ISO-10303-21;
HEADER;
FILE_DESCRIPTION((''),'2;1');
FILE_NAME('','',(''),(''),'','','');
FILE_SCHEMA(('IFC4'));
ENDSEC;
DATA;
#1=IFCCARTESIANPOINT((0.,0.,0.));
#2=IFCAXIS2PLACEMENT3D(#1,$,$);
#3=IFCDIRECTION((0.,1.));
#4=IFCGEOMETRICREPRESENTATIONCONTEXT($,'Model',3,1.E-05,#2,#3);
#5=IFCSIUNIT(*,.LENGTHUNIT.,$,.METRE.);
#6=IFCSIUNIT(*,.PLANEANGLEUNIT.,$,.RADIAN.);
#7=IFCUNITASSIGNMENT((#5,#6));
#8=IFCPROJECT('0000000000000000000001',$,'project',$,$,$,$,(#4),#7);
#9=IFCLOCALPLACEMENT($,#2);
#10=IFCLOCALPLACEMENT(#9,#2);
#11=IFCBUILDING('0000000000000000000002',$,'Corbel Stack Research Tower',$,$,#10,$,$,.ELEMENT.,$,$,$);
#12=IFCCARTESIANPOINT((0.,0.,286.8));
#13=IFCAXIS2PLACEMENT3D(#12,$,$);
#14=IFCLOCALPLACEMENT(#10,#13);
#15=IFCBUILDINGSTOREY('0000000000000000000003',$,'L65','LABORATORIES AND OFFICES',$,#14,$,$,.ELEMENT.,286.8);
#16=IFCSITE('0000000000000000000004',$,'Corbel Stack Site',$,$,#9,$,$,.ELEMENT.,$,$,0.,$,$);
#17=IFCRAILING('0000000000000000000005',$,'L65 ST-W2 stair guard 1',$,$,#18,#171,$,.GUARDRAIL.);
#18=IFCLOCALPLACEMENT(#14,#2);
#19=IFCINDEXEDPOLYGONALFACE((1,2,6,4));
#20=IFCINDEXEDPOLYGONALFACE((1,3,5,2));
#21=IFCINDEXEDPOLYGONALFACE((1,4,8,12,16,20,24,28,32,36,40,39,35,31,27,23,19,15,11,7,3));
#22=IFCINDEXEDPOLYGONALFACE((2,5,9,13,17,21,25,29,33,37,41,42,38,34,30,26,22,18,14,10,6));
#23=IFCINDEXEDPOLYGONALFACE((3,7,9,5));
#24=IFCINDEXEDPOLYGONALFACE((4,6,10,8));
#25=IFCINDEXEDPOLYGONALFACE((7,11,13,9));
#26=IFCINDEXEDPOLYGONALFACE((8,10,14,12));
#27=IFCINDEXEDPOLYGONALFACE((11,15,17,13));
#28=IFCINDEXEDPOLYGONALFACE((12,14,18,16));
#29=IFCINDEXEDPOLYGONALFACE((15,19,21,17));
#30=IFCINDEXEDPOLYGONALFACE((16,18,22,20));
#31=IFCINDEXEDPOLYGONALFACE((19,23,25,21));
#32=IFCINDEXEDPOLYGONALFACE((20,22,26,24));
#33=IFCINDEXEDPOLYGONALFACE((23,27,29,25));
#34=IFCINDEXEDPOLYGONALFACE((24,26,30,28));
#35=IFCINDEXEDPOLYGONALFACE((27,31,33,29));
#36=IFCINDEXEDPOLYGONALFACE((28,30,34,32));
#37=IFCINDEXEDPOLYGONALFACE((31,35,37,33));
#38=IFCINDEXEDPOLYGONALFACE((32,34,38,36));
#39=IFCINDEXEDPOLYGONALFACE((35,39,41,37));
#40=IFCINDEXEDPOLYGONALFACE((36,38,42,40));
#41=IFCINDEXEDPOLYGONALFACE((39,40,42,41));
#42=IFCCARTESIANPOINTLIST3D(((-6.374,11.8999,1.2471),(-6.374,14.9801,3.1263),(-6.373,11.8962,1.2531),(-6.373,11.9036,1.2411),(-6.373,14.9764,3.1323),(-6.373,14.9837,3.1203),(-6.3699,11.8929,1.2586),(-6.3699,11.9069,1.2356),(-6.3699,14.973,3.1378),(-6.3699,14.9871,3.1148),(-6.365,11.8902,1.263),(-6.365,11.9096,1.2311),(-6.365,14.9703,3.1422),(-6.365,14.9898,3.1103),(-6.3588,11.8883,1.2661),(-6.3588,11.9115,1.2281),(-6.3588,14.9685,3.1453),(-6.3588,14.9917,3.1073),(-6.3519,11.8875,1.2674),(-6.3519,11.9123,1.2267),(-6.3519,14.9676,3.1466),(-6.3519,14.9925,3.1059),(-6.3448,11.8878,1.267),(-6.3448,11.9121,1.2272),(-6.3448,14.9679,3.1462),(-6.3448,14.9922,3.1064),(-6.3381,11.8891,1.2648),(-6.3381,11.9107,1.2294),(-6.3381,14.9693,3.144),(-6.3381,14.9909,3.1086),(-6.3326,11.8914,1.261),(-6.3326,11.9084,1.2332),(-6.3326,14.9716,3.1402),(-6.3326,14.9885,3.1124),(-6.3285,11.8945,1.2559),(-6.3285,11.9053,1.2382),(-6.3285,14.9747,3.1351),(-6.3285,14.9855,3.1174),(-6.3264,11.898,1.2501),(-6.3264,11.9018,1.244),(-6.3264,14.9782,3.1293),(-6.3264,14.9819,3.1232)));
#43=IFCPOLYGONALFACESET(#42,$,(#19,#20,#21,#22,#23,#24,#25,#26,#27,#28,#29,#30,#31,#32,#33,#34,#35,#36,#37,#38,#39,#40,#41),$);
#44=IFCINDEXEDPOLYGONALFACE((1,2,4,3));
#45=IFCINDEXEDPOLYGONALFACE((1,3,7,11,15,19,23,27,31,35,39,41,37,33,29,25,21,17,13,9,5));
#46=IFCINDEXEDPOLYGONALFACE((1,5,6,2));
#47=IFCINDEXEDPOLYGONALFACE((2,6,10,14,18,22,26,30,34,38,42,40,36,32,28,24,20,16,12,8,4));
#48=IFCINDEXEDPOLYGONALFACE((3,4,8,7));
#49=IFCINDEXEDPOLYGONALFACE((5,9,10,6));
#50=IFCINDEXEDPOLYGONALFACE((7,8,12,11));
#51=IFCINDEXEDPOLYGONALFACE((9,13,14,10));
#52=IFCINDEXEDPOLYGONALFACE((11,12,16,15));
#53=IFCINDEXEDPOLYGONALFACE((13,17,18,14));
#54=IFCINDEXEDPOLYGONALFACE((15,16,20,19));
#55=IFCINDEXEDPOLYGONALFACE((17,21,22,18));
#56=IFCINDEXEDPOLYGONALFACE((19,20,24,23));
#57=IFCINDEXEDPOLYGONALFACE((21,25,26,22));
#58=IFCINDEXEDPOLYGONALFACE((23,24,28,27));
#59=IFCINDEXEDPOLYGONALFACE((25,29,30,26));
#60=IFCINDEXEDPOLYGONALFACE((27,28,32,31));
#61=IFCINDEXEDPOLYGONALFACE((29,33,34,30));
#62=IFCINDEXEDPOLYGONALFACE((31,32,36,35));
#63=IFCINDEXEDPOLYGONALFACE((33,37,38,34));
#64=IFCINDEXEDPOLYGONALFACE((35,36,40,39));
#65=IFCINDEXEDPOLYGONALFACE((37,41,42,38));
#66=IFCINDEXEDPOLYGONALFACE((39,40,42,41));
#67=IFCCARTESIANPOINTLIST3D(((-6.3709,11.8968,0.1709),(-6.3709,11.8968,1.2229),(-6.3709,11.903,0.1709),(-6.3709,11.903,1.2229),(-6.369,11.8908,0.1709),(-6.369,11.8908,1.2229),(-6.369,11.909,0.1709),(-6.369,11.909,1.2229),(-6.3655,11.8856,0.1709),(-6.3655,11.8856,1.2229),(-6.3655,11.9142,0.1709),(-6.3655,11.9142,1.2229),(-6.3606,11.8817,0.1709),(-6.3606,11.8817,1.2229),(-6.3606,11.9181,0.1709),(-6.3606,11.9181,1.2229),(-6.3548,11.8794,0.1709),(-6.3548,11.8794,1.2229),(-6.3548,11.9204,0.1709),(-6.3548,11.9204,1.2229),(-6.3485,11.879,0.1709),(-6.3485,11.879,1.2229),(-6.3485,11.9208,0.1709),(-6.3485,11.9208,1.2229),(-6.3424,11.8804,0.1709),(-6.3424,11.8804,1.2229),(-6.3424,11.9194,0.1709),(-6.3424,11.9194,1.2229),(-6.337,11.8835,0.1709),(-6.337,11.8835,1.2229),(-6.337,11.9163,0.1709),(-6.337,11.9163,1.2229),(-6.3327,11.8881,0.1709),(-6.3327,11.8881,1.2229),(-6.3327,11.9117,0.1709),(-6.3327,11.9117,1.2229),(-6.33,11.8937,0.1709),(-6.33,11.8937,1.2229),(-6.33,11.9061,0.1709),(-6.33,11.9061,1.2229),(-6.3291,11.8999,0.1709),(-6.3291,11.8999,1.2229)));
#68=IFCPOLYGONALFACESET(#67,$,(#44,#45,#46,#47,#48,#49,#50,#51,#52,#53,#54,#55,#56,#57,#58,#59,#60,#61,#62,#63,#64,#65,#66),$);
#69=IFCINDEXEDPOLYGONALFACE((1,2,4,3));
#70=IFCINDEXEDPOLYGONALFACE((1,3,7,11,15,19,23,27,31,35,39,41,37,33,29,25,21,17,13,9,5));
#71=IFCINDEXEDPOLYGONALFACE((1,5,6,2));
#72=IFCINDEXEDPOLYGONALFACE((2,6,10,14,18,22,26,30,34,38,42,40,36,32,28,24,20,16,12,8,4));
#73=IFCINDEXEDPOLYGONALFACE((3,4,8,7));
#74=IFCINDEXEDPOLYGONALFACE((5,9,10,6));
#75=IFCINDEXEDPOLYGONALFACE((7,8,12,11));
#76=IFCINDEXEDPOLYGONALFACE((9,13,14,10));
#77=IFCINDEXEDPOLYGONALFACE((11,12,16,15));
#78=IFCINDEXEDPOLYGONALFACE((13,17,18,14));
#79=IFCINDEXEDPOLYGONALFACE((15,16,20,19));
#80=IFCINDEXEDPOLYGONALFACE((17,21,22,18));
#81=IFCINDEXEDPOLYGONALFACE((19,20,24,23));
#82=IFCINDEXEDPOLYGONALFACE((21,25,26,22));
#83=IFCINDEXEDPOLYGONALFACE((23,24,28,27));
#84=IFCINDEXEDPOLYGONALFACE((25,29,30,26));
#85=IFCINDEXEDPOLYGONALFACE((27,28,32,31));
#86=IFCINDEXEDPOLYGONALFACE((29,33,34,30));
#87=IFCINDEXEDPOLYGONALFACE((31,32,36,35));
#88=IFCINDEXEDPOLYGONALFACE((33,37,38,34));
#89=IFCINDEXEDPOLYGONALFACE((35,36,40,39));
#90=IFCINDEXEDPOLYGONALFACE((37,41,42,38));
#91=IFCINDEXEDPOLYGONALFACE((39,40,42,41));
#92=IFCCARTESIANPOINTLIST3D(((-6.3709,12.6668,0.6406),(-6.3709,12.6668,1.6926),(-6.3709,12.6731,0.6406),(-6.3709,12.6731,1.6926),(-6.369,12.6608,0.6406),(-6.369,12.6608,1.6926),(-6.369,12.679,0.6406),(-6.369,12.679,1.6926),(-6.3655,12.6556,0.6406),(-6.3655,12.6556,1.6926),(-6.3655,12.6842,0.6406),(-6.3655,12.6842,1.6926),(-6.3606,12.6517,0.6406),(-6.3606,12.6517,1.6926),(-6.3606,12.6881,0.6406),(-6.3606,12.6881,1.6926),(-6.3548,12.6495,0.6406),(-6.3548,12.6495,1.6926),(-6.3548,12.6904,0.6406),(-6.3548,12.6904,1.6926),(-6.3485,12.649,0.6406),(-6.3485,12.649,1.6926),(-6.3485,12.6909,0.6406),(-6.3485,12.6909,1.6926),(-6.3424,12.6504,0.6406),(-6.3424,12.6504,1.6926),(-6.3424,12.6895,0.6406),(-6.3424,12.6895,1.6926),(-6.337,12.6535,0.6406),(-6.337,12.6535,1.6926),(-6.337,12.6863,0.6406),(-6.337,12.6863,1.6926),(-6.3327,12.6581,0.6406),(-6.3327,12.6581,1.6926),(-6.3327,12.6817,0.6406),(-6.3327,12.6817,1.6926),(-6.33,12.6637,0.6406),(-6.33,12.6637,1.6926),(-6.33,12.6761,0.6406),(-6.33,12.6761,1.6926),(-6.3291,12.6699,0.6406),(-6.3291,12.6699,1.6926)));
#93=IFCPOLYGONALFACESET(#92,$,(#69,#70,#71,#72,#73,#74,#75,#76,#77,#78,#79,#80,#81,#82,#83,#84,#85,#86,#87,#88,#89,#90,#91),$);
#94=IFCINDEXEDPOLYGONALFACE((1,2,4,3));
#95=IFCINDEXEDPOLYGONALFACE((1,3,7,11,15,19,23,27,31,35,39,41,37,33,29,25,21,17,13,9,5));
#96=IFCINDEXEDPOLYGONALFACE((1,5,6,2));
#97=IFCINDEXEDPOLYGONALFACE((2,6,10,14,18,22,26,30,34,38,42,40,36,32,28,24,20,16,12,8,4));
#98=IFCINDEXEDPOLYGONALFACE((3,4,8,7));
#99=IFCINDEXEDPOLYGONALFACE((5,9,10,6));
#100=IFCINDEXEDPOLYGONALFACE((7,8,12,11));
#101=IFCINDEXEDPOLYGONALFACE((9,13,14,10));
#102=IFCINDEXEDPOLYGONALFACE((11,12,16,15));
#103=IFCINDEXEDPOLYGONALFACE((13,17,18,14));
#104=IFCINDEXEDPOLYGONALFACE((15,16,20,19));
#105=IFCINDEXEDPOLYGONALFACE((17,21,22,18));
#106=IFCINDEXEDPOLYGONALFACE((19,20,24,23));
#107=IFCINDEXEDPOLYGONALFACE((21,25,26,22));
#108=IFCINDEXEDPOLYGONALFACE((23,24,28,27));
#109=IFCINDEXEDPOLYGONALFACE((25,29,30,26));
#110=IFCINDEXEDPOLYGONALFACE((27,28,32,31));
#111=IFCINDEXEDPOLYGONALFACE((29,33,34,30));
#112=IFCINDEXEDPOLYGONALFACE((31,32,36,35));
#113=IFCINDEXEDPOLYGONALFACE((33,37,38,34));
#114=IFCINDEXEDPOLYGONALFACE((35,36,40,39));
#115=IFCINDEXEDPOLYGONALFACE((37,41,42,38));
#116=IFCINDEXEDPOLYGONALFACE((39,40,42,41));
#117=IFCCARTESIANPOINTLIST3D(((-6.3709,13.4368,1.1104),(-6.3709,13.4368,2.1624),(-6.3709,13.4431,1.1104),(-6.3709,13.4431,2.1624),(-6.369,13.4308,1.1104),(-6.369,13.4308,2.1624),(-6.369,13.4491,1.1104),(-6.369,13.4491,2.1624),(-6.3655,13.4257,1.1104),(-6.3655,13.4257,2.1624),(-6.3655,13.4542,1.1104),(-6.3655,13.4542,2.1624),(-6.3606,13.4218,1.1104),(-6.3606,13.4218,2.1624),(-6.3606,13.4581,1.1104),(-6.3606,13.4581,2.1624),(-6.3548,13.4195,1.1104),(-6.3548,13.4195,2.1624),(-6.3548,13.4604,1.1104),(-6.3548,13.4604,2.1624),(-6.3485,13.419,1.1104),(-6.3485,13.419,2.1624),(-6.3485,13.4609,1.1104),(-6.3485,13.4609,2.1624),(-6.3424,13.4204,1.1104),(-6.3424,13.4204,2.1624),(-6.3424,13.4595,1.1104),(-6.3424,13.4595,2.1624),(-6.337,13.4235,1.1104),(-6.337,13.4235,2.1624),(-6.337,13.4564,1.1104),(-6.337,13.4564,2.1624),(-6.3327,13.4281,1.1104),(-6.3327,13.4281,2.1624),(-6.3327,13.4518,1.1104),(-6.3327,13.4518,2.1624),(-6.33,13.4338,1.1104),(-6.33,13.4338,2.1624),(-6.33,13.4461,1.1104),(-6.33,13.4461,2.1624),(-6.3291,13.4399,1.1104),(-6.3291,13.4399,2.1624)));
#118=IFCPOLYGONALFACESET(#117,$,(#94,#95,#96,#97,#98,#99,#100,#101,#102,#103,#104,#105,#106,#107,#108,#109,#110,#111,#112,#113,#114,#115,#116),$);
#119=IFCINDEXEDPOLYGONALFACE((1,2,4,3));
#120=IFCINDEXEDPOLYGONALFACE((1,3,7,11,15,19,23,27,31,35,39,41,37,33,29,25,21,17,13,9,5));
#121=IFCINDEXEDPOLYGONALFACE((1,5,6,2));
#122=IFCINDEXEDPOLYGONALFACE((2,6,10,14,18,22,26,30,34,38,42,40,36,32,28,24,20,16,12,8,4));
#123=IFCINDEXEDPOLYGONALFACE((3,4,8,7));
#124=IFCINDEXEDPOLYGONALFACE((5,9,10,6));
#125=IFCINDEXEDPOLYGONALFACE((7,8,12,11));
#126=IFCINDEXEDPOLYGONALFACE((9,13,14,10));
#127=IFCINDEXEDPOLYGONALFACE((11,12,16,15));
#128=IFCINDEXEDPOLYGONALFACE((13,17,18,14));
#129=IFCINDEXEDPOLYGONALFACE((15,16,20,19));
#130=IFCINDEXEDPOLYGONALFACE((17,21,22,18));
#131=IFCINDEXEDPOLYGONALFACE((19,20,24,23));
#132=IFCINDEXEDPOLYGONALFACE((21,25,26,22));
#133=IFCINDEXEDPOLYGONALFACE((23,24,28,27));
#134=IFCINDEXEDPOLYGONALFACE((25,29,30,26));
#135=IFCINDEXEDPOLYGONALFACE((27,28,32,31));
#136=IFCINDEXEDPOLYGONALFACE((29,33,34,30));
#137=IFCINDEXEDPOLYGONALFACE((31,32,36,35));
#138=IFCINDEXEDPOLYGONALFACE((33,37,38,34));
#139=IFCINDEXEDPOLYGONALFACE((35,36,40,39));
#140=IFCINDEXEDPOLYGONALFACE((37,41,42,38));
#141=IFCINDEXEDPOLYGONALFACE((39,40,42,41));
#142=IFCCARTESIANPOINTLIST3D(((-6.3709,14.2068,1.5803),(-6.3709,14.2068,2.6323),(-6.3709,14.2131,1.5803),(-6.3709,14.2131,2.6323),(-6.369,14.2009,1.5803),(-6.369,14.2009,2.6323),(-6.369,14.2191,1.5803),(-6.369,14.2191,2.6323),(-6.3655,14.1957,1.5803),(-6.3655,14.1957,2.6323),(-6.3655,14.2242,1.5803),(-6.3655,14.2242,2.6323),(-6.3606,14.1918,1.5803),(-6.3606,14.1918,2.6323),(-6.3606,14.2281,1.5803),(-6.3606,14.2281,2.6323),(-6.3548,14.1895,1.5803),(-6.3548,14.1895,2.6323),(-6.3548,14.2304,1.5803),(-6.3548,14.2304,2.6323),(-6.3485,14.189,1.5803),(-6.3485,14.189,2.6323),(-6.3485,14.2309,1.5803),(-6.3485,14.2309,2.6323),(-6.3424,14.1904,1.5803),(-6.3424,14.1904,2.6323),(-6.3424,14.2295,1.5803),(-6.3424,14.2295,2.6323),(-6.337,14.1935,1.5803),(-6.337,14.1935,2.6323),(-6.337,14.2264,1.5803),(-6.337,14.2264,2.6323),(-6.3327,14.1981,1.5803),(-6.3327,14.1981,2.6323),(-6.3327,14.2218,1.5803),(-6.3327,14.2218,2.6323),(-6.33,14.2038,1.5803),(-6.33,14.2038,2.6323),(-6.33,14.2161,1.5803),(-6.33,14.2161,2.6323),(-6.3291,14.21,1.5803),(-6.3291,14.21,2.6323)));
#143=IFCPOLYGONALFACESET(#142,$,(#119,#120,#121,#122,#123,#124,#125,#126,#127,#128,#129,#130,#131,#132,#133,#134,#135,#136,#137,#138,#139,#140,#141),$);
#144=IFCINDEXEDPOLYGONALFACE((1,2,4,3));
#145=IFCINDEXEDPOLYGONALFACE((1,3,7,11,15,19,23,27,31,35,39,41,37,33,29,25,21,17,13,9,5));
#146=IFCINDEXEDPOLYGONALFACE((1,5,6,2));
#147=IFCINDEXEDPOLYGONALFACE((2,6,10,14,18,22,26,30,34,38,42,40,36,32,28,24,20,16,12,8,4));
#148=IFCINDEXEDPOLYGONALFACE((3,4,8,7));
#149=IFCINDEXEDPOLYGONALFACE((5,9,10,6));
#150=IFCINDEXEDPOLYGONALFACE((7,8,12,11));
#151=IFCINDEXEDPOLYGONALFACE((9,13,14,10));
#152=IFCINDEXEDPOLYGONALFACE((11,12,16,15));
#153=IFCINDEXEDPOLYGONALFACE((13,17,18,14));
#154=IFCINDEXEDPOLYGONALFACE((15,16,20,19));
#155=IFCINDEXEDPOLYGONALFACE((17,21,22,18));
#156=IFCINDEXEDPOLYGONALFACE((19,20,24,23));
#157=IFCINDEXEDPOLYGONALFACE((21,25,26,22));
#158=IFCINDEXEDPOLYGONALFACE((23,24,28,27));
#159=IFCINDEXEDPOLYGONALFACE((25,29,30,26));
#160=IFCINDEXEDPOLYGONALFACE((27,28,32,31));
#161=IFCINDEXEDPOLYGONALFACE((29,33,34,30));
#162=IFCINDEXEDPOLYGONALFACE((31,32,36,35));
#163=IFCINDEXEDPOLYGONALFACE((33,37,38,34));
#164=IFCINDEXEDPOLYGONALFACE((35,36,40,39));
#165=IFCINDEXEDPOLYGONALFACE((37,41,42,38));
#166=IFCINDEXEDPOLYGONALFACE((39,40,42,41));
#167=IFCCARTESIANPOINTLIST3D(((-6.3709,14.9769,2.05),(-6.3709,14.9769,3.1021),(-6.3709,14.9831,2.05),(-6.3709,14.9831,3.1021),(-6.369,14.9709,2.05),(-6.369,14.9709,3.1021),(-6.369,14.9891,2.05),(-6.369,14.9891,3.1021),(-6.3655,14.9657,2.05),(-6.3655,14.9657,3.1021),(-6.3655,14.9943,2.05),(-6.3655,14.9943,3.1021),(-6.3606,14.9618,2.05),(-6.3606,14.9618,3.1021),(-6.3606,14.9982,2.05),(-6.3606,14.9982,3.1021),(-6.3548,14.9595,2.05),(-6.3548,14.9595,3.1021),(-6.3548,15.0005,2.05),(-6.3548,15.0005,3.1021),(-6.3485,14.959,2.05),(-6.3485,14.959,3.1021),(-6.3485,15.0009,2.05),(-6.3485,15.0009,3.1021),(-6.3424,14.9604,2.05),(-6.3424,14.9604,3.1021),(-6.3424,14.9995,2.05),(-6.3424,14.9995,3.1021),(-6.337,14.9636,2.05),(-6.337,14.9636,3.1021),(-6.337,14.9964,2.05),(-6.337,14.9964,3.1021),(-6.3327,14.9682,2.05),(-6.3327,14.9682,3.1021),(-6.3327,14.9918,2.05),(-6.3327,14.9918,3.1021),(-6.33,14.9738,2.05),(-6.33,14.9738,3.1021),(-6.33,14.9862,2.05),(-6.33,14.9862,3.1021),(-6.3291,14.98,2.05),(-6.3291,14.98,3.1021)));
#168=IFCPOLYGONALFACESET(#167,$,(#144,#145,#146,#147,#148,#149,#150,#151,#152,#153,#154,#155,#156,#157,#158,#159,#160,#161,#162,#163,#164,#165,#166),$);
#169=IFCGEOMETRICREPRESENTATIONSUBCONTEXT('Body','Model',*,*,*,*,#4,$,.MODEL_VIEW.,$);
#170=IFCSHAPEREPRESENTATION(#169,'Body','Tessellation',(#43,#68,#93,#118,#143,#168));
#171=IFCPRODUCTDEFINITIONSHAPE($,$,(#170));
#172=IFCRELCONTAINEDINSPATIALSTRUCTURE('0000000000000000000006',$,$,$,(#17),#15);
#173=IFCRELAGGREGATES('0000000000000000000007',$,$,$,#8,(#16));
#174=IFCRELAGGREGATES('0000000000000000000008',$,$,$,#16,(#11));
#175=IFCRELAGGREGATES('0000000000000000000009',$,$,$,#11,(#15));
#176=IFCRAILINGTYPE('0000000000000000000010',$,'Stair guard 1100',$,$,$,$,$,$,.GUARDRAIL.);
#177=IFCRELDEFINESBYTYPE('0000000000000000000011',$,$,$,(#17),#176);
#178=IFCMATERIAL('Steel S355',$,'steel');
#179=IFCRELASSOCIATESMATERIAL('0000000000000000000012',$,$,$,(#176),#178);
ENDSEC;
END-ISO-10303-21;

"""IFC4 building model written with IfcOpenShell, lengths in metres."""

from ifc_helpers import new_model, si_unit, direction, frame, origin, origin_2d, place, context, subcontext, project, spatial, circle, extrude, material, type_object, element, save


model = new_model("IFC4")

# Units and contexts
model_context = context("Model", 3, precision=1e-05, world=origin(), true_north=direction((0.0, 1.0)))
body_context = subcontext(model_context, "Body", "Model", "MODEL_VIEW")
ifc_project = project(units=[si_unit("LENGTHUNIT", "METRE"), si_unit("PLANEANGLEUNIT", "RADIAN")], contexts=[model_context])

# Site, building, storey
site_placement = place(None, origin())
site = spatial("IfcSite", under=ifc_project, at=site_placement, Name="Corbel Stack Site", CompositionType="ELEMENT", RefElevation=0.0)
building_placement = place(site_placement, origin())
building = spatial("IfcBuilding", under=site, at=building_placement, Name="Corbel Stack Research Tower", CompositionType="ELEMENT")
storey_placement = place(building_placement, frame((0.0, 0.0, 286.8)))
storey = spatial("IfcBuildingStorey", under=building, at=storey_placement, Name="L65", Description="LABORATORIES AND OFFICES", CompositionType="ELEMENT", Elevation=286.8)

# Railing
ifc_material_1 = material(Name="Steel S355", Category="steel")
railing_type_1 = type_object("IfcRailingType", Name="Stair guard 1100", PredefinedType="GUARDRAIL", material=ifc_material_1)
railing_1_placement = place(storey_placement, frame((-6.3501, 11.8999, 0.1709)))
element("IfcRailing", 1, at=railing_1_placement, inside=storey, type_object=railing_type_1, Name="L65 ST-W2 stair guard 1", PredefinedType="GUARDRAIL", context=body_context, shape_type="SweptSolid", body=[
    extrude(circle(Radius=0.0239, at=origin_2d()), frame((0.0, 0.0, 1.0762), z_axis=(0.0, 0.853666, 0.52082), x_axis=(-1.0, 0.0, 0.0)), (0.0, 0.0, 1.0), 3.6082),
    extrude(circle(Radius=0.021, at=origin_2d()), origin(), (0.0, 0.0, 1.0), 1.052),
    extrude(circle(Radius=0.021, at=origin_2d()), frame((0.0, 0.77, 0.4697)), (0.0, 0.0, 1.0), 1.052),
    extrude(circle(Radius=0.021, at=origin_2d()), frame((0.0, 1.54, 0.9395)), (0.0, 0.0, 1.0), 1.052),
    extrude(circle(Radius=0.021, at=origin_2d()), frame((0.0, 2.3101, 1.4094)), (0.0, 0.0, 1.0), 1.052),
    extrude(circle(Radius=0.021, at=origin_2d()), frame((0.0, 3.0801, 1.8792)), (0.0, 0.0, 1.0), 1.052),
])

save(model, "model.ifc")
